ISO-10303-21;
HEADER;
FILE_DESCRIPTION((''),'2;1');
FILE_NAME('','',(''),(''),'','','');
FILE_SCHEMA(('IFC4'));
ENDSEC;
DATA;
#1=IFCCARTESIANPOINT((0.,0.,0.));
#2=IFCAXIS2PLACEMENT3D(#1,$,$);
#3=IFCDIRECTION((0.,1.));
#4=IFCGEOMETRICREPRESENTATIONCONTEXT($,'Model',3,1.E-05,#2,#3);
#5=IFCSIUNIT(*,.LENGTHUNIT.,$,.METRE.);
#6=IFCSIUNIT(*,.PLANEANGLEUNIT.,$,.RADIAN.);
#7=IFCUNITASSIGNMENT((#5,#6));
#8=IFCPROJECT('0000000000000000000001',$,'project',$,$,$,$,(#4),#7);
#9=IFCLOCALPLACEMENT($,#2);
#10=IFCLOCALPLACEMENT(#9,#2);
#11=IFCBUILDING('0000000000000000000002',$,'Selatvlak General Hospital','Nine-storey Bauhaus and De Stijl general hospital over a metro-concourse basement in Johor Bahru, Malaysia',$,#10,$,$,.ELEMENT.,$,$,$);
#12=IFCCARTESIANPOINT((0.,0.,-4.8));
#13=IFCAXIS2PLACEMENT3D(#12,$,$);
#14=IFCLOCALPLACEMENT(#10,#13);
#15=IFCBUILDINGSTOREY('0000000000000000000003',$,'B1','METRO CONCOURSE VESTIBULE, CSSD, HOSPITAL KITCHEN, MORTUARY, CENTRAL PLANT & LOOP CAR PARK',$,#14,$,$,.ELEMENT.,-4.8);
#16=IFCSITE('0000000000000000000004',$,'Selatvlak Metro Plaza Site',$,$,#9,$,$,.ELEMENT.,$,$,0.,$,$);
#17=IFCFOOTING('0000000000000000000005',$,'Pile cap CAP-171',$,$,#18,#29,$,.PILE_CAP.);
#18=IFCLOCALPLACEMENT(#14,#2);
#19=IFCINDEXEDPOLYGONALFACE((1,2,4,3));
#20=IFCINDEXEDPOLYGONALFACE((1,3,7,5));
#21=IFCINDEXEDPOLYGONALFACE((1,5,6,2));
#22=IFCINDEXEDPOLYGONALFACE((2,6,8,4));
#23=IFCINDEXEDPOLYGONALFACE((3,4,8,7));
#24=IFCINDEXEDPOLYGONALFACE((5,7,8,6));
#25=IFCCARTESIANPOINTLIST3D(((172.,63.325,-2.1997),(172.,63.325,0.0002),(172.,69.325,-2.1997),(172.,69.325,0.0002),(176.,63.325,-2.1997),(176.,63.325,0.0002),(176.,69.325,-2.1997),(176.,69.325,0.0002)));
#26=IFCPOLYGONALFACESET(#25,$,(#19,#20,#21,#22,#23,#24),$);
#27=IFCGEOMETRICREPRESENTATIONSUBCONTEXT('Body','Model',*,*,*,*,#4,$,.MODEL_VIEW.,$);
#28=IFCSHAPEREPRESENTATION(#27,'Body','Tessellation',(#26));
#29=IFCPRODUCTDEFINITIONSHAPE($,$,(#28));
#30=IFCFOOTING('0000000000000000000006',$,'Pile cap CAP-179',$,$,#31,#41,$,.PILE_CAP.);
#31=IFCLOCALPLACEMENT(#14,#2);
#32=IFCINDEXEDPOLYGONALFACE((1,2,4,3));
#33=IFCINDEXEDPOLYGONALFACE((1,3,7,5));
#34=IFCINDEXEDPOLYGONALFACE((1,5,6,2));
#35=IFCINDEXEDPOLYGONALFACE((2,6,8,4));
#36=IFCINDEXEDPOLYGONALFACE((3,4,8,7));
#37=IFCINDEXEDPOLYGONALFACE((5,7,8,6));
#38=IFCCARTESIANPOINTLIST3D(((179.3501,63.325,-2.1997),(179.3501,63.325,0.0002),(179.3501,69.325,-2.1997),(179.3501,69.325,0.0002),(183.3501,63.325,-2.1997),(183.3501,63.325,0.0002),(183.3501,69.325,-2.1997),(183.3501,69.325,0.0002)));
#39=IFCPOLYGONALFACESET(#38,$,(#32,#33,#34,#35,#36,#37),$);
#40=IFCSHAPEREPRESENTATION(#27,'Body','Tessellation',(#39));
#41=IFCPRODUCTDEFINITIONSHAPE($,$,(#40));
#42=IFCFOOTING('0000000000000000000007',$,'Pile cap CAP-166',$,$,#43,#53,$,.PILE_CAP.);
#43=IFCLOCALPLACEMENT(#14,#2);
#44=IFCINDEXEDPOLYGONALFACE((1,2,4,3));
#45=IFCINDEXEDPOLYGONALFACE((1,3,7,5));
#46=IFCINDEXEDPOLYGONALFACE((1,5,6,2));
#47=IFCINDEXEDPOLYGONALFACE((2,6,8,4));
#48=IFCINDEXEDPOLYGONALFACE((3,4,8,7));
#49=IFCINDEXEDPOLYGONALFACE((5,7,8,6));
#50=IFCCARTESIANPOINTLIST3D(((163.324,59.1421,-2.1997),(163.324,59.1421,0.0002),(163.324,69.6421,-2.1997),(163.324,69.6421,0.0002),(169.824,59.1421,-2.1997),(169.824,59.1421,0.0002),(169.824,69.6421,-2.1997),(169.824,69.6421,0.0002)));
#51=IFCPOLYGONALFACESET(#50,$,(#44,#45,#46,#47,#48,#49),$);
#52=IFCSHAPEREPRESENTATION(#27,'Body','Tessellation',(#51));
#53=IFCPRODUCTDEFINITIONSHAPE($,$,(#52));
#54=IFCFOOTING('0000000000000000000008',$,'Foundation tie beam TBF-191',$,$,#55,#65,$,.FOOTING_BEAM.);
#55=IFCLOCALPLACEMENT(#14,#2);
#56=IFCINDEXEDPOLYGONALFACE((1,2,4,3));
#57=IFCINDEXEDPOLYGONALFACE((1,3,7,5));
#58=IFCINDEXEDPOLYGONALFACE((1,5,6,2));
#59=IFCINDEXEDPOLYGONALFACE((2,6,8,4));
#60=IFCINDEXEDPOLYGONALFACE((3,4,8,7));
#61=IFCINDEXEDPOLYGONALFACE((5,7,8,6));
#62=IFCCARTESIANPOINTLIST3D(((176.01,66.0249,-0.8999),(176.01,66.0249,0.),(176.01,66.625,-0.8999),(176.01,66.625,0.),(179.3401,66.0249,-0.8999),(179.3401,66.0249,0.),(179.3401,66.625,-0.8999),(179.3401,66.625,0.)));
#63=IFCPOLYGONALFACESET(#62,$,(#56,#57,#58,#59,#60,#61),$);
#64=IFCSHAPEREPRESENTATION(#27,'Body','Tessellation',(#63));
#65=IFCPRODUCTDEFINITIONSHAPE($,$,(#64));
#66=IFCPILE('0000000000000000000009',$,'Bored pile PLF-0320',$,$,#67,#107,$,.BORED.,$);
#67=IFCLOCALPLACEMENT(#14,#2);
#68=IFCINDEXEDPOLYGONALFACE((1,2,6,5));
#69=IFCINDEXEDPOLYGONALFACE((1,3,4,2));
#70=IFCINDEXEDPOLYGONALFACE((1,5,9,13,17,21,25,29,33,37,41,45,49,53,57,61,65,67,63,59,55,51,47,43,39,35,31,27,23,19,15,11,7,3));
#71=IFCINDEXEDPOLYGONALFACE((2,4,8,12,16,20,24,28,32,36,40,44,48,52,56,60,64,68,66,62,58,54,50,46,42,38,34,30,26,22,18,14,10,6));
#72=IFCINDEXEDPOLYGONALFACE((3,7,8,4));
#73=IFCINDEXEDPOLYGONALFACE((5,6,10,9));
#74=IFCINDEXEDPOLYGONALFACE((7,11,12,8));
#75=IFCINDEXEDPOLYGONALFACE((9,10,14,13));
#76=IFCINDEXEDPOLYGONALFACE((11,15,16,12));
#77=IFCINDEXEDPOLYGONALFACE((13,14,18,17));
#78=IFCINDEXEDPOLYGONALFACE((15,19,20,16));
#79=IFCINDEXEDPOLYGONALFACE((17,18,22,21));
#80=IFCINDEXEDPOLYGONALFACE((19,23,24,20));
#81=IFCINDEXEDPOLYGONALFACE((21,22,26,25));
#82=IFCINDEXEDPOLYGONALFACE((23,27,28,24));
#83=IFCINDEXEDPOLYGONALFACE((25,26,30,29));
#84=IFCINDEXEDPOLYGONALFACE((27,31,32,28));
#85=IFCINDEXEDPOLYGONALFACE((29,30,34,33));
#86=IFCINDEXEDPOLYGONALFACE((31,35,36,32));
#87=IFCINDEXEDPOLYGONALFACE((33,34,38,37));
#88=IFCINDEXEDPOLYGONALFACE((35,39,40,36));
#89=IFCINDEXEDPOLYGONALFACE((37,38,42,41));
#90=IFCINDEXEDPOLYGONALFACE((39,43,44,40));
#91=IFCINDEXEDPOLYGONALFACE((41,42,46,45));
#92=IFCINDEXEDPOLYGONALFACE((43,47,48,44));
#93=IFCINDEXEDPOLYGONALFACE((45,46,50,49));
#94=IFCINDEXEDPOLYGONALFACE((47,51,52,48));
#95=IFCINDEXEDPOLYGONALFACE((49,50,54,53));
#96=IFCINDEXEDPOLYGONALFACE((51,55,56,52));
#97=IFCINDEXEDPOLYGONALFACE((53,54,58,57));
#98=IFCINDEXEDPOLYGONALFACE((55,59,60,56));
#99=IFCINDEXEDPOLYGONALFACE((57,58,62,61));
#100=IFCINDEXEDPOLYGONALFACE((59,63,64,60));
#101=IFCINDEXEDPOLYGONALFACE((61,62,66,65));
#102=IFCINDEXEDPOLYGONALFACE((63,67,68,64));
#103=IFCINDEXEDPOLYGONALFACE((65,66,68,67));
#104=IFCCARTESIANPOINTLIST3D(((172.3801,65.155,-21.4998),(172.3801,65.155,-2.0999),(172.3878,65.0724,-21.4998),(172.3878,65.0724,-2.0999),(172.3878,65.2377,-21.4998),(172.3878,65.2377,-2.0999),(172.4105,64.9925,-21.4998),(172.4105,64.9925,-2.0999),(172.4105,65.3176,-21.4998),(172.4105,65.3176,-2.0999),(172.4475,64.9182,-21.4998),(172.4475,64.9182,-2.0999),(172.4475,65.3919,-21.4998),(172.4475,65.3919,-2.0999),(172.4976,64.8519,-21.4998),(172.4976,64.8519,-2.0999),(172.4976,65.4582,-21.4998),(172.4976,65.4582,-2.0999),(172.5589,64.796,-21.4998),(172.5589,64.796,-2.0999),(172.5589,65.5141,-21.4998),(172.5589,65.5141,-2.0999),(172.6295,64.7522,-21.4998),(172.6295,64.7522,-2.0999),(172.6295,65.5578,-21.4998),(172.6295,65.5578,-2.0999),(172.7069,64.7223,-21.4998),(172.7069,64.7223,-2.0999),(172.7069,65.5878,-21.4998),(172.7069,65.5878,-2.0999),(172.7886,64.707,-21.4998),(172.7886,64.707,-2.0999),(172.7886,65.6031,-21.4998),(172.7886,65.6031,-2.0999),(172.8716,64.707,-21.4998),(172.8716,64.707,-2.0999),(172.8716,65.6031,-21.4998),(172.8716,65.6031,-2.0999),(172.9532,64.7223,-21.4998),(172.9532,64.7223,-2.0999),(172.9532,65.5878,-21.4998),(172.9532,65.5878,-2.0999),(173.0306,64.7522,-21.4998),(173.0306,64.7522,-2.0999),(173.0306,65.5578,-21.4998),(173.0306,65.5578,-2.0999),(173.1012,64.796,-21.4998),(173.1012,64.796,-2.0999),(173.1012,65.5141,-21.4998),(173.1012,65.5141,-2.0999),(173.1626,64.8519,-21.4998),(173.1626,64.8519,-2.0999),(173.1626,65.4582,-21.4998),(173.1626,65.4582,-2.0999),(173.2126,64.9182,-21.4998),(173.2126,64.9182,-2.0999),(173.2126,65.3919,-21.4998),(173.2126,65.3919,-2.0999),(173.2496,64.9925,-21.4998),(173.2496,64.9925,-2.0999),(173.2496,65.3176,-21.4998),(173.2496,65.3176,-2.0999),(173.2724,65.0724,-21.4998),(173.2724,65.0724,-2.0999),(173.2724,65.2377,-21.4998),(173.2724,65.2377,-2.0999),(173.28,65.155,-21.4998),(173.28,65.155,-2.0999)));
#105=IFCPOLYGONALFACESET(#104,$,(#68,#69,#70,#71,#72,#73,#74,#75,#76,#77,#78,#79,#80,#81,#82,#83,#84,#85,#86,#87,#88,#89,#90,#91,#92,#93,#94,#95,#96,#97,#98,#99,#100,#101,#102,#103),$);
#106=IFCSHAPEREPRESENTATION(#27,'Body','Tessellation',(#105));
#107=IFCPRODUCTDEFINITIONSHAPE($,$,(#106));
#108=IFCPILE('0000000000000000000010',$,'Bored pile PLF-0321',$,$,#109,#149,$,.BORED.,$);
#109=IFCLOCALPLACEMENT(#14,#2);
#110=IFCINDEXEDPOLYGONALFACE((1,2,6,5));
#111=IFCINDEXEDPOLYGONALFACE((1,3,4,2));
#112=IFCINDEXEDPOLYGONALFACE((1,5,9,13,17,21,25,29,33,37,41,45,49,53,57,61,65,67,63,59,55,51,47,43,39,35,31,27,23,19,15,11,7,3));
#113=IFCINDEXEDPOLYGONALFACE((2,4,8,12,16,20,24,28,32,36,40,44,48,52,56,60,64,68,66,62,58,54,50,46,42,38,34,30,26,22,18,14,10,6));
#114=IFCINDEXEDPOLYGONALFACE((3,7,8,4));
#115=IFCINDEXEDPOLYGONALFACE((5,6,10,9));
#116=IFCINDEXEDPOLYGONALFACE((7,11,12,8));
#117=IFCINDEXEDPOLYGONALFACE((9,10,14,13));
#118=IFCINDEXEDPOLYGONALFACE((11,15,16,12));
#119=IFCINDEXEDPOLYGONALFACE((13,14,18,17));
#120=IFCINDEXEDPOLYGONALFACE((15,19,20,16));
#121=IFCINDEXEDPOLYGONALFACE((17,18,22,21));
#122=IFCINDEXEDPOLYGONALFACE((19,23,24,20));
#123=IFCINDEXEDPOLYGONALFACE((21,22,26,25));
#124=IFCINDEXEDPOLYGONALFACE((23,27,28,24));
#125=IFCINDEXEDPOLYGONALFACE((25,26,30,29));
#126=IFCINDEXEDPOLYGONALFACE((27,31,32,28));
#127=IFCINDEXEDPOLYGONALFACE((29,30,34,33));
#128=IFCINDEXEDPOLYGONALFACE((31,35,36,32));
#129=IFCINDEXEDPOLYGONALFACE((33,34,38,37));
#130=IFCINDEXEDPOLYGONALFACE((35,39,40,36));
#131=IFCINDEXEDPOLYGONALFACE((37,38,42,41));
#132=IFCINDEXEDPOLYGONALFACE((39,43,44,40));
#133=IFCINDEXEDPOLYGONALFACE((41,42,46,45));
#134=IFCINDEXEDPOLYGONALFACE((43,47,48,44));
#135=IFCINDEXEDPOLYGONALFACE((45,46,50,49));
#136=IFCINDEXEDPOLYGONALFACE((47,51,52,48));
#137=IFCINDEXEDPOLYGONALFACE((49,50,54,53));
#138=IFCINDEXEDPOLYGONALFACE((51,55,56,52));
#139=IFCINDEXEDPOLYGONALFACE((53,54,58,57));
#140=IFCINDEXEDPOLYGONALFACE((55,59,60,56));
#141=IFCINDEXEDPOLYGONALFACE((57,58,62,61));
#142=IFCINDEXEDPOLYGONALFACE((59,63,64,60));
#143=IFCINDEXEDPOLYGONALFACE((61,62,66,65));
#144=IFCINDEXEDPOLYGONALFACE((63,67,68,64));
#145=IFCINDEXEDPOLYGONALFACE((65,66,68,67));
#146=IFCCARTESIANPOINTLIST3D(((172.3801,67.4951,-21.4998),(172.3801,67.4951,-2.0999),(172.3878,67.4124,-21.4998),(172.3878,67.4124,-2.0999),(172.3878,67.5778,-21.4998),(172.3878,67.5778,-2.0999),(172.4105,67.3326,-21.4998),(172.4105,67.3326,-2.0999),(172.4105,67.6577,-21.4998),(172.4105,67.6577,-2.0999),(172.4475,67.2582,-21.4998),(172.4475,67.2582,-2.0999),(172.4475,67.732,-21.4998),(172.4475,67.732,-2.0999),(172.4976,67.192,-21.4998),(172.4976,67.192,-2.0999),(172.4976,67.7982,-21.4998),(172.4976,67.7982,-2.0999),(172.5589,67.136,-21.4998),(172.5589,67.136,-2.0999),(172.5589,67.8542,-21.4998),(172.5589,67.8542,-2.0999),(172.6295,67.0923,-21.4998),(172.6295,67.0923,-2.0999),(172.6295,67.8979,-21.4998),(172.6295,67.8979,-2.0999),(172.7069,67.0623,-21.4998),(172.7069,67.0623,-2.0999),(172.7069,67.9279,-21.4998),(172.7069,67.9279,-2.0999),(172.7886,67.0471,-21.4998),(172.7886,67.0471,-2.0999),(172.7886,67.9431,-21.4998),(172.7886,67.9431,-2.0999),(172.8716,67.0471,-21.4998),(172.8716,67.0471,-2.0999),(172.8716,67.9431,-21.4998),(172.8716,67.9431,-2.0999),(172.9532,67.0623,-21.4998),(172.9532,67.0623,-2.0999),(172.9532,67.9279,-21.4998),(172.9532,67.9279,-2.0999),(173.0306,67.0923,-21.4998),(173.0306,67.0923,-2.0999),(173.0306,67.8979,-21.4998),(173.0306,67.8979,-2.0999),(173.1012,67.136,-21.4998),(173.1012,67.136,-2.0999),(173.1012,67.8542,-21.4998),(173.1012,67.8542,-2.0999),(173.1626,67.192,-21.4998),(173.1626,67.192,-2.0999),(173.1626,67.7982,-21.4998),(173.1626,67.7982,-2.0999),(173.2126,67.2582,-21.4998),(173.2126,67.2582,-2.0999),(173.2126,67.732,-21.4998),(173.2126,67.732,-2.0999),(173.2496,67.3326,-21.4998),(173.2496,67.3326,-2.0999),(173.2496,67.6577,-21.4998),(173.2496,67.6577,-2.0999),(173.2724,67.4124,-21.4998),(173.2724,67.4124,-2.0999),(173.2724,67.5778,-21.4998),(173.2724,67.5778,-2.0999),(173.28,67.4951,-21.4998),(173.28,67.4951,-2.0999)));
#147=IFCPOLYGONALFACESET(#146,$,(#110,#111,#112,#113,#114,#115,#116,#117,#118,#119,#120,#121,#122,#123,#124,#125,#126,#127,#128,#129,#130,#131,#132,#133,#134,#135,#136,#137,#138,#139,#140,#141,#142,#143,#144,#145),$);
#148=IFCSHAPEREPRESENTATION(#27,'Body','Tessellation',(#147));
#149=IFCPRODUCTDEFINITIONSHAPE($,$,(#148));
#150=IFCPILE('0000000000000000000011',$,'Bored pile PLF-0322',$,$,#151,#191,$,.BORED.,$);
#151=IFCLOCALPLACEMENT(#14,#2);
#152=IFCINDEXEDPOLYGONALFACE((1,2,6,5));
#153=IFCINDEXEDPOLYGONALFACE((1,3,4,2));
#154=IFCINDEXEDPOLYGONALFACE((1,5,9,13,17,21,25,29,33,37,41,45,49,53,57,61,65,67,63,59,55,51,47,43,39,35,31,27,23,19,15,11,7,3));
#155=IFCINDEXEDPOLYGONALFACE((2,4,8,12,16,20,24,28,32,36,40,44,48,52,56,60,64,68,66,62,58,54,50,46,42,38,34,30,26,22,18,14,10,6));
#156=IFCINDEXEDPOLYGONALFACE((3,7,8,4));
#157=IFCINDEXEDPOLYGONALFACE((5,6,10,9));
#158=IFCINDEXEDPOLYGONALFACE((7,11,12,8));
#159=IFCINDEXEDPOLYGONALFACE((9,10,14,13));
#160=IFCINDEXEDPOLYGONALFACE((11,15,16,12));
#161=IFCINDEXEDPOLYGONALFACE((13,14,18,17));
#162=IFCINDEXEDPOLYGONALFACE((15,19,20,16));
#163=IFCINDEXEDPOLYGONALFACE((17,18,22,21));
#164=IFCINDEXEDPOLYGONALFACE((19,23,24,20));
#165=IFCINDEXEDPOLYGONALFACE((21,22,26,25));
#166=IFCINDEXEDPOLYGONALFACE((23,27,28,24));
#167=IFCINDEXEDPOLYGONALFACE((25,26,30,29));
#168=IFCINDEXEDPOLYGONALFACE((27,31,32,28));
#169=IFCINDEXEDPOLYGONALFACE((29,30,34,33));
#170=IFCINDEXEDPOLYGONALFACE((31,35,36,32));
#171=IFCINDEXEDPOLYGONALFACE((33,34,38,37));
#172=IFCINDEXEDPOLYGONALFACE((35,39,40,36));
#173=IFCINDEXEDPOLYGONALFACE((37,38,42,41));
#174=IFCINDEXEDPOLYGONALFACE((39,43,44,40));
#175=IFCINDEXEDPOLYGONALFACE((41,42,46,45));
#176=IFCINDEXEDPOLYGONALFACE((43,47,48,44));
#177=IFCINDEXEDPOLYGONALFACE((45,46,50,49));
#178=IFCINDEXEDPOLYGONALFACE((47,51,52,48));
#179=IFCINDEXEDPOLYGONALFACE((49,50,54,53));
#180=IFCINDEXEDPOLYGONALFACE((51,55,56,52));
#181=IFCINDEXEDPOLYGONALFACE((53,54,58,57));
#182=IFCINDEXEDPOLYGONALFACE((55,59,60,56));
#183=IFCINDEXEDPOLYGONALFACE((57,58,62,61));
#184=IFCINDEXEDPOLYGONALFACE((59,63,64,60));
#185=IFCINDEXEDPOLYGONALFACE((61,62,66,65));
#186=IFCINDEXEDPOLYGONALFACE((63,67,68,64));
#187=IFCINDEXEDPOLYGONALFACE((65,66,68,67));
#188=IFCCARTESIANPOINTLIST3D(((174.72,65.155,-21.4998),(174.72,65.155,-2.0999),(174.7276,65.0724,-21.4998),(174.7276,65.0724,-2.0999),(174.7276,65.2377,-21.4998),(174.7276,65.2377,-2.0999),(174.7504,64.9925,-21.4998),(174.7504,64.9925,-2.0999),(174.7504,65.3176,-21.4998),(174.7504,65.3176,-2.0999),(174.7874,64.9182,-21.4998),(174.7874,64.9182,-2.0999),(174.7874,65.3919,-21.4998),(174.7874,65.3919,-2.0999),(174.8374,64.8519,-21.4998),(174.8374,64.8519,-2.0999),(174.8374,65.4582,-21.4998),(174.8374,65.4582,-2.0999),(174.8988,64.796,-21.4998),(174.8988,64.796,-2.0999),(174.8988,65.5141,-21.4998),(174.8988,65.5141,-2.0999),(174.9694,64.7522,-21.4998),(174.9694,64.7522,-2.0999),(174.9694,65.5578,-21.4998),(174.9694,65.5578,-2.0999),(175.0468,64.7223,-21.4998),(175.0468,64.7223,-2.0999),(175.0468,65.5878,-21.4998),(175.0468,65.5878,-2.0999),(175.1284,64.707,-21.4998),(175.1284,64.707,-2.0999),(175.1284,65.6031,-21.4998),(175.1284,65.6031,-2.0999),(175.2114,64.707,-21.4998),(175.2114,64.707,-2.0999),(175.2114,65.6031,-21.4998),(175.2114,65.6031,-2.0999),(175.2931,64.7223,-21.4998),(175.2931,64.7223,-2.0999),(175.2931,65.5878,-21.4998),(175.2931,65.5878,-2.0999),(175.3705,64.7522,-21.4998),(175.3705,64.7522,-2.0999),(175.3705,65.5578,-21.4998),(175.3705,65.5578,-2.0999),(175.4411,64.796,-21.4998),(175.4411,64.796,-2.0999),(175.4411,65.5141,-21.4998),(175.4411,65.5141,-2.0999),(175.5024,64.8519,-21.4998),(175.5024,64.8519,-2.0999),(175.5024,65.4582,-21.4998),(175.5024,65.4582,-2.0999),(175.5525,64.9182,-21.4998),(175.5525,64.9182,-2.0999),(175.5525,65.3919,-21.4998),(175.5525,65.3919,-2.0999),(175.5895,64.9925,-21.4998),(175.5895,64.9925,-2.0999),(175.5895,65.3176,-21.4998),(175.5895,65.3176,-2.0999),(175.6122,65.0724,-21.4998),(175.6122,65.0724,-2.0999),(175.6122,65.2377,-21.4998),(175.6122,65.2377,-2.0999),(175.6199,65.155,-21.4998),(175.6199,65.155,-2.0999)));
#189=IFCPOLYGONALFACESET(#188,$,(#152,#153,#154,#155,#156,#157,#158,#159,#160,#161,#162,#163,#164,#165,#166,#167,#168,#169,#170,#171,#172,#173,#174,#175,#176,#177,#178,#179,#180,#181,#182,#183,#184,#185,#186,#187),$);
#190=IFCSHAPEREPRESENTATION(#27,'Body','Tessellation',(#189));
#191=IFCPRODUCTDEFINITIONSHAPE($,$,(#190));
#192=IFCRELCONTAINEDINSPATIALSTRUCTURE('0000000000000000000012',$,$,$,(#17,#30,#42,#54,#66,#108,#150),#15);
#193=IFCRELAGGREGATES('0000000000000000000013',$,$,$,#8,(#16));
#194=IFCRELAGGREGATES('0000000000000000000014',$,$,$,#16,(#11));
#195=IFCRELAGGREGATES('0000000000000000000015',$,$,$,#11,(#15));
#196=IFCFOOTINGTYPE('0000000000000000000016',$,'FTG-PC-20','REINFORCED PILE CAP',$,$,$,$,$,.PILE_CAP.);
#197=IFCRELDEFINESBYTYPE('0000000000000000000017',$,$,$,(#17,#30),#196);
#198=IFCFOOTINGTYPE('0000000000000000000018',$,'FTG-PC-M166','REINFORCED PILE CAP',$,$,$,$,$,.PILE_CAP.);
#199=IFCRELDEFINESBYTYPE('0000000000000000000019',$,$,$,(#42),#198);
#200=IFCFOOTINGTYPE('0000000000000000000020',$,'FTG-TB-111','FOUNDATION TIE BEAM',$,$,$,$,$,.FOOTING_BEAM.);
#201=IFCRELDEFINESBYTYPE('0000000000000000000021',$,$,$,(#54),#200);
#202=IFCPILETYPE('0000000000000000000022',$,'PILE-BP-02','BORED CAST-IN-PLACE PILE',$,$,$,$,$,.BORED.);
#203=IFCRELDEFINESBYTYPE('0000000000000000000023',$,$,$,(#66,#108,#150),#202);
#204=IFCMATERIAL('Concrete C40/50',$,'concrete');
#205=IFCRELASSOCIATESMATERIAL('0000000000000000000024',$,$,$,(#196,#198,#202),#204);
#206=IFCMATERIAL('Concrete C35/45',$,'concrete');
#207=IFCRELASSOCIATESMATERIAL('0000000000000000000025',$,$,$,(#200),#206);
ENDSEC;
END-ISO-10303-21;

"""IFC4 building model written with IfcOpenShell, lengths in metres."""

from ifc_helpers import new_model, si_unit, direction, frame, origin, origin_2d, place, context, subcontext, project, spatial, rectangle, circle, extrude, material, material_profile, profile_set, type_object, element, save


model = new_model("IFC4")

# Units and contexts
model_context = context("Model", 3, precision=1e-05, world=origin(), true_north=direction((0.0, 1.0)))
body_context = subcontext(model_context, "Body", "Model", "MODEL_VIEW")
ifc_project = project(units=[si_unit("LENGTHUNIT", "METRE"), si_unit("PLANEANGLEUNIT", "RADIAN")], contexts=[model_context])

# Site, building, storey
site_placement = place(None, origin())
site = spatial("IfcSite", under=ifc_project, at=site_placement, Name="Selatvlak Metro Plaza Site", CompositionType="ELEMENT", RefElevation=0.0)
building_placement = place(site_placement, origin())
building = spatial("IfcBuilding", under=site, at=building_placement, Name="Selatvlak General Hospital", Description="Nine-storey Bauhaus and De Stijl general hospital over a metro-concourse basement in Johor Bahru, Malaysia", CompositionType="ELEMENT")
storey_placement = place(building_placement, frame((0.0, 0.0, -4.8)))
storey = spatial("IfcBuildingStorey", under=building, at=storey_placement, Name="B1", Description="METRO CONCOURSE VESTIBULE, CSSD, HOSPITAL KITCHEN, MORTUARY, CENTRAL PLANT & LOOP CAR PARK", CompositionType="ELEMENT", Elevation=-4.8)

# Footings
ifc_material_1 = material(Name="Concrete C40/50", Category="concrete")
footing_type_1 = type_object("IfcFootingType", Name="FTG-PC-20", Description="REINFORCED PILE CAP", PredefinedType="PILE_CAP", material=ifc_material_1)
for number, where, z_axis, x_axis, name in (
    (1, (174.0, 66.325, -2.1997), (0.0, 0.0, 1.0), (1.0, 0.0, 0.0), "Pile cap CAP-171"),
    (2, (181.3501, 66.325, -2.1997), (0.0, 0.0, 1.0), (1.0, 0.0, 0.0), "Pile cap CAP-179"),
):
    element("IfcFooting", number, at=place(storey_placement, frame(where, z_axis=z_axis, x_axis=x_axis)), inside=storey, type_object=footing_type_1, Name=name, PredefinedType="PILE_CAP", context=body_context, shape_type="SweptSolid", body=[
        extrude(rectangle(XDim=4.0, YDim=6.0, at=origin_2d()), origin(), (0.0, 0.0, 1.0), 2.2),
    ])
footing_type_2 = type_object("IfcFootingType", Name="FTG-PC-M166", Description="REINFORCED PILE CAP", PredefinedType="PILE_CAP", material=ifc_material_1)
footing_1_placement = place(storey_placement, frame((166.574, 64.3921, -2.1997), z_axis=(0.0, 0.0, 1.0), x_axis=(1.0, 0.0, 0.0)))
element("IfcFooting", 3, at=footing_1_placement, inside=storey, type_object=footing_type_2, Name="Pile cap CAP-166", PredefinedType="PILE_CAP", context=body_context, shape_type="SweptSolid", body=[
    extrude(rectangle(XDim=6.5, YDim=10.5, at=origin_2d()), origin(), (0.0, 0.0, 1.0), 2.2),
])
ifc_material_2 = material(Name="Concrete C35/45", Category="concrete")
footing_type_3 = type_object("IfcFootingType", Name="FTG-TB-111", Description="FOUNDATION TIE BEAM", PredefinedType="FOOTING_BEAM", material=ifc_material_2)
footing_2_placement = place(storey_placement, frame((177.675, 66.325, -0.8999), z_axis=(0.0, 0.0, 1.0), x_axis=(1.0, 0.0, 0.0)))
element("IfcFooting", 4, at=footing_2_placement, inside=storey, type_object=footing_type_3, Name="Foundation tie beam TBF-191", PredefinedType="FOOTING_BEAM", context=body_context, shape_type="SweptSolid", body=[
    extrude(rectangle(XDim=3.3301, YDim=0.6001, at=origin_2d()), origin(), (0.0, 0.0, 1.0), 0.8999),
])

# Piles
ifc_material_profile_1 = material_profile(ifc_material_1, circle(Radius=0.45, at=origin_2d()), Name="BORED PILE 900")
ifc_profile_set_1 = profile_set([ifc_material_profile_1], Name="Concrete C40/50")
pile_type_1 = type_object("IfcPileType", Name="PILE-BP-02", Description="BORED CAST-IN-PLACE PILE", PredefinedType="BORED", material=ifc_profile_set_1)
for number, where, z_axis, x_axis, name in (
    (5, (172.8301, 65.155, -2.0999), (0.0, 0.0, -1.0), (1.0, 0.0, 0.0), "Bored pile PLF-0320"),
    (6, (172.8301, 67.4951, -2.0999), (0.0, 0.0, -1.0), (1.0, 0.0, 0.0), "Bored pile PLF-0321"),
    (7, (175.1699, 65.155, -2.0999), (0.0, 0.0, -1.0), (1.0, 0.0, 0.0), "Bored pile PLF-0322"),
):
    element("IfcPile", number, at=place(storey_placement, frame(where, z_axis=z_axis, x_axis=x_axis)), inside=storey, type_object=pile_type_1, Name=name, PredefinedType="BORED", context=body_context, shape_type="SweptSolid", body=[
        extrude(circle(Radius=0.45, at=origin_2d()), origin(), (0.0, 0.0, 1.0), 19.3999),
    ])

save(model, "model.ifc")
